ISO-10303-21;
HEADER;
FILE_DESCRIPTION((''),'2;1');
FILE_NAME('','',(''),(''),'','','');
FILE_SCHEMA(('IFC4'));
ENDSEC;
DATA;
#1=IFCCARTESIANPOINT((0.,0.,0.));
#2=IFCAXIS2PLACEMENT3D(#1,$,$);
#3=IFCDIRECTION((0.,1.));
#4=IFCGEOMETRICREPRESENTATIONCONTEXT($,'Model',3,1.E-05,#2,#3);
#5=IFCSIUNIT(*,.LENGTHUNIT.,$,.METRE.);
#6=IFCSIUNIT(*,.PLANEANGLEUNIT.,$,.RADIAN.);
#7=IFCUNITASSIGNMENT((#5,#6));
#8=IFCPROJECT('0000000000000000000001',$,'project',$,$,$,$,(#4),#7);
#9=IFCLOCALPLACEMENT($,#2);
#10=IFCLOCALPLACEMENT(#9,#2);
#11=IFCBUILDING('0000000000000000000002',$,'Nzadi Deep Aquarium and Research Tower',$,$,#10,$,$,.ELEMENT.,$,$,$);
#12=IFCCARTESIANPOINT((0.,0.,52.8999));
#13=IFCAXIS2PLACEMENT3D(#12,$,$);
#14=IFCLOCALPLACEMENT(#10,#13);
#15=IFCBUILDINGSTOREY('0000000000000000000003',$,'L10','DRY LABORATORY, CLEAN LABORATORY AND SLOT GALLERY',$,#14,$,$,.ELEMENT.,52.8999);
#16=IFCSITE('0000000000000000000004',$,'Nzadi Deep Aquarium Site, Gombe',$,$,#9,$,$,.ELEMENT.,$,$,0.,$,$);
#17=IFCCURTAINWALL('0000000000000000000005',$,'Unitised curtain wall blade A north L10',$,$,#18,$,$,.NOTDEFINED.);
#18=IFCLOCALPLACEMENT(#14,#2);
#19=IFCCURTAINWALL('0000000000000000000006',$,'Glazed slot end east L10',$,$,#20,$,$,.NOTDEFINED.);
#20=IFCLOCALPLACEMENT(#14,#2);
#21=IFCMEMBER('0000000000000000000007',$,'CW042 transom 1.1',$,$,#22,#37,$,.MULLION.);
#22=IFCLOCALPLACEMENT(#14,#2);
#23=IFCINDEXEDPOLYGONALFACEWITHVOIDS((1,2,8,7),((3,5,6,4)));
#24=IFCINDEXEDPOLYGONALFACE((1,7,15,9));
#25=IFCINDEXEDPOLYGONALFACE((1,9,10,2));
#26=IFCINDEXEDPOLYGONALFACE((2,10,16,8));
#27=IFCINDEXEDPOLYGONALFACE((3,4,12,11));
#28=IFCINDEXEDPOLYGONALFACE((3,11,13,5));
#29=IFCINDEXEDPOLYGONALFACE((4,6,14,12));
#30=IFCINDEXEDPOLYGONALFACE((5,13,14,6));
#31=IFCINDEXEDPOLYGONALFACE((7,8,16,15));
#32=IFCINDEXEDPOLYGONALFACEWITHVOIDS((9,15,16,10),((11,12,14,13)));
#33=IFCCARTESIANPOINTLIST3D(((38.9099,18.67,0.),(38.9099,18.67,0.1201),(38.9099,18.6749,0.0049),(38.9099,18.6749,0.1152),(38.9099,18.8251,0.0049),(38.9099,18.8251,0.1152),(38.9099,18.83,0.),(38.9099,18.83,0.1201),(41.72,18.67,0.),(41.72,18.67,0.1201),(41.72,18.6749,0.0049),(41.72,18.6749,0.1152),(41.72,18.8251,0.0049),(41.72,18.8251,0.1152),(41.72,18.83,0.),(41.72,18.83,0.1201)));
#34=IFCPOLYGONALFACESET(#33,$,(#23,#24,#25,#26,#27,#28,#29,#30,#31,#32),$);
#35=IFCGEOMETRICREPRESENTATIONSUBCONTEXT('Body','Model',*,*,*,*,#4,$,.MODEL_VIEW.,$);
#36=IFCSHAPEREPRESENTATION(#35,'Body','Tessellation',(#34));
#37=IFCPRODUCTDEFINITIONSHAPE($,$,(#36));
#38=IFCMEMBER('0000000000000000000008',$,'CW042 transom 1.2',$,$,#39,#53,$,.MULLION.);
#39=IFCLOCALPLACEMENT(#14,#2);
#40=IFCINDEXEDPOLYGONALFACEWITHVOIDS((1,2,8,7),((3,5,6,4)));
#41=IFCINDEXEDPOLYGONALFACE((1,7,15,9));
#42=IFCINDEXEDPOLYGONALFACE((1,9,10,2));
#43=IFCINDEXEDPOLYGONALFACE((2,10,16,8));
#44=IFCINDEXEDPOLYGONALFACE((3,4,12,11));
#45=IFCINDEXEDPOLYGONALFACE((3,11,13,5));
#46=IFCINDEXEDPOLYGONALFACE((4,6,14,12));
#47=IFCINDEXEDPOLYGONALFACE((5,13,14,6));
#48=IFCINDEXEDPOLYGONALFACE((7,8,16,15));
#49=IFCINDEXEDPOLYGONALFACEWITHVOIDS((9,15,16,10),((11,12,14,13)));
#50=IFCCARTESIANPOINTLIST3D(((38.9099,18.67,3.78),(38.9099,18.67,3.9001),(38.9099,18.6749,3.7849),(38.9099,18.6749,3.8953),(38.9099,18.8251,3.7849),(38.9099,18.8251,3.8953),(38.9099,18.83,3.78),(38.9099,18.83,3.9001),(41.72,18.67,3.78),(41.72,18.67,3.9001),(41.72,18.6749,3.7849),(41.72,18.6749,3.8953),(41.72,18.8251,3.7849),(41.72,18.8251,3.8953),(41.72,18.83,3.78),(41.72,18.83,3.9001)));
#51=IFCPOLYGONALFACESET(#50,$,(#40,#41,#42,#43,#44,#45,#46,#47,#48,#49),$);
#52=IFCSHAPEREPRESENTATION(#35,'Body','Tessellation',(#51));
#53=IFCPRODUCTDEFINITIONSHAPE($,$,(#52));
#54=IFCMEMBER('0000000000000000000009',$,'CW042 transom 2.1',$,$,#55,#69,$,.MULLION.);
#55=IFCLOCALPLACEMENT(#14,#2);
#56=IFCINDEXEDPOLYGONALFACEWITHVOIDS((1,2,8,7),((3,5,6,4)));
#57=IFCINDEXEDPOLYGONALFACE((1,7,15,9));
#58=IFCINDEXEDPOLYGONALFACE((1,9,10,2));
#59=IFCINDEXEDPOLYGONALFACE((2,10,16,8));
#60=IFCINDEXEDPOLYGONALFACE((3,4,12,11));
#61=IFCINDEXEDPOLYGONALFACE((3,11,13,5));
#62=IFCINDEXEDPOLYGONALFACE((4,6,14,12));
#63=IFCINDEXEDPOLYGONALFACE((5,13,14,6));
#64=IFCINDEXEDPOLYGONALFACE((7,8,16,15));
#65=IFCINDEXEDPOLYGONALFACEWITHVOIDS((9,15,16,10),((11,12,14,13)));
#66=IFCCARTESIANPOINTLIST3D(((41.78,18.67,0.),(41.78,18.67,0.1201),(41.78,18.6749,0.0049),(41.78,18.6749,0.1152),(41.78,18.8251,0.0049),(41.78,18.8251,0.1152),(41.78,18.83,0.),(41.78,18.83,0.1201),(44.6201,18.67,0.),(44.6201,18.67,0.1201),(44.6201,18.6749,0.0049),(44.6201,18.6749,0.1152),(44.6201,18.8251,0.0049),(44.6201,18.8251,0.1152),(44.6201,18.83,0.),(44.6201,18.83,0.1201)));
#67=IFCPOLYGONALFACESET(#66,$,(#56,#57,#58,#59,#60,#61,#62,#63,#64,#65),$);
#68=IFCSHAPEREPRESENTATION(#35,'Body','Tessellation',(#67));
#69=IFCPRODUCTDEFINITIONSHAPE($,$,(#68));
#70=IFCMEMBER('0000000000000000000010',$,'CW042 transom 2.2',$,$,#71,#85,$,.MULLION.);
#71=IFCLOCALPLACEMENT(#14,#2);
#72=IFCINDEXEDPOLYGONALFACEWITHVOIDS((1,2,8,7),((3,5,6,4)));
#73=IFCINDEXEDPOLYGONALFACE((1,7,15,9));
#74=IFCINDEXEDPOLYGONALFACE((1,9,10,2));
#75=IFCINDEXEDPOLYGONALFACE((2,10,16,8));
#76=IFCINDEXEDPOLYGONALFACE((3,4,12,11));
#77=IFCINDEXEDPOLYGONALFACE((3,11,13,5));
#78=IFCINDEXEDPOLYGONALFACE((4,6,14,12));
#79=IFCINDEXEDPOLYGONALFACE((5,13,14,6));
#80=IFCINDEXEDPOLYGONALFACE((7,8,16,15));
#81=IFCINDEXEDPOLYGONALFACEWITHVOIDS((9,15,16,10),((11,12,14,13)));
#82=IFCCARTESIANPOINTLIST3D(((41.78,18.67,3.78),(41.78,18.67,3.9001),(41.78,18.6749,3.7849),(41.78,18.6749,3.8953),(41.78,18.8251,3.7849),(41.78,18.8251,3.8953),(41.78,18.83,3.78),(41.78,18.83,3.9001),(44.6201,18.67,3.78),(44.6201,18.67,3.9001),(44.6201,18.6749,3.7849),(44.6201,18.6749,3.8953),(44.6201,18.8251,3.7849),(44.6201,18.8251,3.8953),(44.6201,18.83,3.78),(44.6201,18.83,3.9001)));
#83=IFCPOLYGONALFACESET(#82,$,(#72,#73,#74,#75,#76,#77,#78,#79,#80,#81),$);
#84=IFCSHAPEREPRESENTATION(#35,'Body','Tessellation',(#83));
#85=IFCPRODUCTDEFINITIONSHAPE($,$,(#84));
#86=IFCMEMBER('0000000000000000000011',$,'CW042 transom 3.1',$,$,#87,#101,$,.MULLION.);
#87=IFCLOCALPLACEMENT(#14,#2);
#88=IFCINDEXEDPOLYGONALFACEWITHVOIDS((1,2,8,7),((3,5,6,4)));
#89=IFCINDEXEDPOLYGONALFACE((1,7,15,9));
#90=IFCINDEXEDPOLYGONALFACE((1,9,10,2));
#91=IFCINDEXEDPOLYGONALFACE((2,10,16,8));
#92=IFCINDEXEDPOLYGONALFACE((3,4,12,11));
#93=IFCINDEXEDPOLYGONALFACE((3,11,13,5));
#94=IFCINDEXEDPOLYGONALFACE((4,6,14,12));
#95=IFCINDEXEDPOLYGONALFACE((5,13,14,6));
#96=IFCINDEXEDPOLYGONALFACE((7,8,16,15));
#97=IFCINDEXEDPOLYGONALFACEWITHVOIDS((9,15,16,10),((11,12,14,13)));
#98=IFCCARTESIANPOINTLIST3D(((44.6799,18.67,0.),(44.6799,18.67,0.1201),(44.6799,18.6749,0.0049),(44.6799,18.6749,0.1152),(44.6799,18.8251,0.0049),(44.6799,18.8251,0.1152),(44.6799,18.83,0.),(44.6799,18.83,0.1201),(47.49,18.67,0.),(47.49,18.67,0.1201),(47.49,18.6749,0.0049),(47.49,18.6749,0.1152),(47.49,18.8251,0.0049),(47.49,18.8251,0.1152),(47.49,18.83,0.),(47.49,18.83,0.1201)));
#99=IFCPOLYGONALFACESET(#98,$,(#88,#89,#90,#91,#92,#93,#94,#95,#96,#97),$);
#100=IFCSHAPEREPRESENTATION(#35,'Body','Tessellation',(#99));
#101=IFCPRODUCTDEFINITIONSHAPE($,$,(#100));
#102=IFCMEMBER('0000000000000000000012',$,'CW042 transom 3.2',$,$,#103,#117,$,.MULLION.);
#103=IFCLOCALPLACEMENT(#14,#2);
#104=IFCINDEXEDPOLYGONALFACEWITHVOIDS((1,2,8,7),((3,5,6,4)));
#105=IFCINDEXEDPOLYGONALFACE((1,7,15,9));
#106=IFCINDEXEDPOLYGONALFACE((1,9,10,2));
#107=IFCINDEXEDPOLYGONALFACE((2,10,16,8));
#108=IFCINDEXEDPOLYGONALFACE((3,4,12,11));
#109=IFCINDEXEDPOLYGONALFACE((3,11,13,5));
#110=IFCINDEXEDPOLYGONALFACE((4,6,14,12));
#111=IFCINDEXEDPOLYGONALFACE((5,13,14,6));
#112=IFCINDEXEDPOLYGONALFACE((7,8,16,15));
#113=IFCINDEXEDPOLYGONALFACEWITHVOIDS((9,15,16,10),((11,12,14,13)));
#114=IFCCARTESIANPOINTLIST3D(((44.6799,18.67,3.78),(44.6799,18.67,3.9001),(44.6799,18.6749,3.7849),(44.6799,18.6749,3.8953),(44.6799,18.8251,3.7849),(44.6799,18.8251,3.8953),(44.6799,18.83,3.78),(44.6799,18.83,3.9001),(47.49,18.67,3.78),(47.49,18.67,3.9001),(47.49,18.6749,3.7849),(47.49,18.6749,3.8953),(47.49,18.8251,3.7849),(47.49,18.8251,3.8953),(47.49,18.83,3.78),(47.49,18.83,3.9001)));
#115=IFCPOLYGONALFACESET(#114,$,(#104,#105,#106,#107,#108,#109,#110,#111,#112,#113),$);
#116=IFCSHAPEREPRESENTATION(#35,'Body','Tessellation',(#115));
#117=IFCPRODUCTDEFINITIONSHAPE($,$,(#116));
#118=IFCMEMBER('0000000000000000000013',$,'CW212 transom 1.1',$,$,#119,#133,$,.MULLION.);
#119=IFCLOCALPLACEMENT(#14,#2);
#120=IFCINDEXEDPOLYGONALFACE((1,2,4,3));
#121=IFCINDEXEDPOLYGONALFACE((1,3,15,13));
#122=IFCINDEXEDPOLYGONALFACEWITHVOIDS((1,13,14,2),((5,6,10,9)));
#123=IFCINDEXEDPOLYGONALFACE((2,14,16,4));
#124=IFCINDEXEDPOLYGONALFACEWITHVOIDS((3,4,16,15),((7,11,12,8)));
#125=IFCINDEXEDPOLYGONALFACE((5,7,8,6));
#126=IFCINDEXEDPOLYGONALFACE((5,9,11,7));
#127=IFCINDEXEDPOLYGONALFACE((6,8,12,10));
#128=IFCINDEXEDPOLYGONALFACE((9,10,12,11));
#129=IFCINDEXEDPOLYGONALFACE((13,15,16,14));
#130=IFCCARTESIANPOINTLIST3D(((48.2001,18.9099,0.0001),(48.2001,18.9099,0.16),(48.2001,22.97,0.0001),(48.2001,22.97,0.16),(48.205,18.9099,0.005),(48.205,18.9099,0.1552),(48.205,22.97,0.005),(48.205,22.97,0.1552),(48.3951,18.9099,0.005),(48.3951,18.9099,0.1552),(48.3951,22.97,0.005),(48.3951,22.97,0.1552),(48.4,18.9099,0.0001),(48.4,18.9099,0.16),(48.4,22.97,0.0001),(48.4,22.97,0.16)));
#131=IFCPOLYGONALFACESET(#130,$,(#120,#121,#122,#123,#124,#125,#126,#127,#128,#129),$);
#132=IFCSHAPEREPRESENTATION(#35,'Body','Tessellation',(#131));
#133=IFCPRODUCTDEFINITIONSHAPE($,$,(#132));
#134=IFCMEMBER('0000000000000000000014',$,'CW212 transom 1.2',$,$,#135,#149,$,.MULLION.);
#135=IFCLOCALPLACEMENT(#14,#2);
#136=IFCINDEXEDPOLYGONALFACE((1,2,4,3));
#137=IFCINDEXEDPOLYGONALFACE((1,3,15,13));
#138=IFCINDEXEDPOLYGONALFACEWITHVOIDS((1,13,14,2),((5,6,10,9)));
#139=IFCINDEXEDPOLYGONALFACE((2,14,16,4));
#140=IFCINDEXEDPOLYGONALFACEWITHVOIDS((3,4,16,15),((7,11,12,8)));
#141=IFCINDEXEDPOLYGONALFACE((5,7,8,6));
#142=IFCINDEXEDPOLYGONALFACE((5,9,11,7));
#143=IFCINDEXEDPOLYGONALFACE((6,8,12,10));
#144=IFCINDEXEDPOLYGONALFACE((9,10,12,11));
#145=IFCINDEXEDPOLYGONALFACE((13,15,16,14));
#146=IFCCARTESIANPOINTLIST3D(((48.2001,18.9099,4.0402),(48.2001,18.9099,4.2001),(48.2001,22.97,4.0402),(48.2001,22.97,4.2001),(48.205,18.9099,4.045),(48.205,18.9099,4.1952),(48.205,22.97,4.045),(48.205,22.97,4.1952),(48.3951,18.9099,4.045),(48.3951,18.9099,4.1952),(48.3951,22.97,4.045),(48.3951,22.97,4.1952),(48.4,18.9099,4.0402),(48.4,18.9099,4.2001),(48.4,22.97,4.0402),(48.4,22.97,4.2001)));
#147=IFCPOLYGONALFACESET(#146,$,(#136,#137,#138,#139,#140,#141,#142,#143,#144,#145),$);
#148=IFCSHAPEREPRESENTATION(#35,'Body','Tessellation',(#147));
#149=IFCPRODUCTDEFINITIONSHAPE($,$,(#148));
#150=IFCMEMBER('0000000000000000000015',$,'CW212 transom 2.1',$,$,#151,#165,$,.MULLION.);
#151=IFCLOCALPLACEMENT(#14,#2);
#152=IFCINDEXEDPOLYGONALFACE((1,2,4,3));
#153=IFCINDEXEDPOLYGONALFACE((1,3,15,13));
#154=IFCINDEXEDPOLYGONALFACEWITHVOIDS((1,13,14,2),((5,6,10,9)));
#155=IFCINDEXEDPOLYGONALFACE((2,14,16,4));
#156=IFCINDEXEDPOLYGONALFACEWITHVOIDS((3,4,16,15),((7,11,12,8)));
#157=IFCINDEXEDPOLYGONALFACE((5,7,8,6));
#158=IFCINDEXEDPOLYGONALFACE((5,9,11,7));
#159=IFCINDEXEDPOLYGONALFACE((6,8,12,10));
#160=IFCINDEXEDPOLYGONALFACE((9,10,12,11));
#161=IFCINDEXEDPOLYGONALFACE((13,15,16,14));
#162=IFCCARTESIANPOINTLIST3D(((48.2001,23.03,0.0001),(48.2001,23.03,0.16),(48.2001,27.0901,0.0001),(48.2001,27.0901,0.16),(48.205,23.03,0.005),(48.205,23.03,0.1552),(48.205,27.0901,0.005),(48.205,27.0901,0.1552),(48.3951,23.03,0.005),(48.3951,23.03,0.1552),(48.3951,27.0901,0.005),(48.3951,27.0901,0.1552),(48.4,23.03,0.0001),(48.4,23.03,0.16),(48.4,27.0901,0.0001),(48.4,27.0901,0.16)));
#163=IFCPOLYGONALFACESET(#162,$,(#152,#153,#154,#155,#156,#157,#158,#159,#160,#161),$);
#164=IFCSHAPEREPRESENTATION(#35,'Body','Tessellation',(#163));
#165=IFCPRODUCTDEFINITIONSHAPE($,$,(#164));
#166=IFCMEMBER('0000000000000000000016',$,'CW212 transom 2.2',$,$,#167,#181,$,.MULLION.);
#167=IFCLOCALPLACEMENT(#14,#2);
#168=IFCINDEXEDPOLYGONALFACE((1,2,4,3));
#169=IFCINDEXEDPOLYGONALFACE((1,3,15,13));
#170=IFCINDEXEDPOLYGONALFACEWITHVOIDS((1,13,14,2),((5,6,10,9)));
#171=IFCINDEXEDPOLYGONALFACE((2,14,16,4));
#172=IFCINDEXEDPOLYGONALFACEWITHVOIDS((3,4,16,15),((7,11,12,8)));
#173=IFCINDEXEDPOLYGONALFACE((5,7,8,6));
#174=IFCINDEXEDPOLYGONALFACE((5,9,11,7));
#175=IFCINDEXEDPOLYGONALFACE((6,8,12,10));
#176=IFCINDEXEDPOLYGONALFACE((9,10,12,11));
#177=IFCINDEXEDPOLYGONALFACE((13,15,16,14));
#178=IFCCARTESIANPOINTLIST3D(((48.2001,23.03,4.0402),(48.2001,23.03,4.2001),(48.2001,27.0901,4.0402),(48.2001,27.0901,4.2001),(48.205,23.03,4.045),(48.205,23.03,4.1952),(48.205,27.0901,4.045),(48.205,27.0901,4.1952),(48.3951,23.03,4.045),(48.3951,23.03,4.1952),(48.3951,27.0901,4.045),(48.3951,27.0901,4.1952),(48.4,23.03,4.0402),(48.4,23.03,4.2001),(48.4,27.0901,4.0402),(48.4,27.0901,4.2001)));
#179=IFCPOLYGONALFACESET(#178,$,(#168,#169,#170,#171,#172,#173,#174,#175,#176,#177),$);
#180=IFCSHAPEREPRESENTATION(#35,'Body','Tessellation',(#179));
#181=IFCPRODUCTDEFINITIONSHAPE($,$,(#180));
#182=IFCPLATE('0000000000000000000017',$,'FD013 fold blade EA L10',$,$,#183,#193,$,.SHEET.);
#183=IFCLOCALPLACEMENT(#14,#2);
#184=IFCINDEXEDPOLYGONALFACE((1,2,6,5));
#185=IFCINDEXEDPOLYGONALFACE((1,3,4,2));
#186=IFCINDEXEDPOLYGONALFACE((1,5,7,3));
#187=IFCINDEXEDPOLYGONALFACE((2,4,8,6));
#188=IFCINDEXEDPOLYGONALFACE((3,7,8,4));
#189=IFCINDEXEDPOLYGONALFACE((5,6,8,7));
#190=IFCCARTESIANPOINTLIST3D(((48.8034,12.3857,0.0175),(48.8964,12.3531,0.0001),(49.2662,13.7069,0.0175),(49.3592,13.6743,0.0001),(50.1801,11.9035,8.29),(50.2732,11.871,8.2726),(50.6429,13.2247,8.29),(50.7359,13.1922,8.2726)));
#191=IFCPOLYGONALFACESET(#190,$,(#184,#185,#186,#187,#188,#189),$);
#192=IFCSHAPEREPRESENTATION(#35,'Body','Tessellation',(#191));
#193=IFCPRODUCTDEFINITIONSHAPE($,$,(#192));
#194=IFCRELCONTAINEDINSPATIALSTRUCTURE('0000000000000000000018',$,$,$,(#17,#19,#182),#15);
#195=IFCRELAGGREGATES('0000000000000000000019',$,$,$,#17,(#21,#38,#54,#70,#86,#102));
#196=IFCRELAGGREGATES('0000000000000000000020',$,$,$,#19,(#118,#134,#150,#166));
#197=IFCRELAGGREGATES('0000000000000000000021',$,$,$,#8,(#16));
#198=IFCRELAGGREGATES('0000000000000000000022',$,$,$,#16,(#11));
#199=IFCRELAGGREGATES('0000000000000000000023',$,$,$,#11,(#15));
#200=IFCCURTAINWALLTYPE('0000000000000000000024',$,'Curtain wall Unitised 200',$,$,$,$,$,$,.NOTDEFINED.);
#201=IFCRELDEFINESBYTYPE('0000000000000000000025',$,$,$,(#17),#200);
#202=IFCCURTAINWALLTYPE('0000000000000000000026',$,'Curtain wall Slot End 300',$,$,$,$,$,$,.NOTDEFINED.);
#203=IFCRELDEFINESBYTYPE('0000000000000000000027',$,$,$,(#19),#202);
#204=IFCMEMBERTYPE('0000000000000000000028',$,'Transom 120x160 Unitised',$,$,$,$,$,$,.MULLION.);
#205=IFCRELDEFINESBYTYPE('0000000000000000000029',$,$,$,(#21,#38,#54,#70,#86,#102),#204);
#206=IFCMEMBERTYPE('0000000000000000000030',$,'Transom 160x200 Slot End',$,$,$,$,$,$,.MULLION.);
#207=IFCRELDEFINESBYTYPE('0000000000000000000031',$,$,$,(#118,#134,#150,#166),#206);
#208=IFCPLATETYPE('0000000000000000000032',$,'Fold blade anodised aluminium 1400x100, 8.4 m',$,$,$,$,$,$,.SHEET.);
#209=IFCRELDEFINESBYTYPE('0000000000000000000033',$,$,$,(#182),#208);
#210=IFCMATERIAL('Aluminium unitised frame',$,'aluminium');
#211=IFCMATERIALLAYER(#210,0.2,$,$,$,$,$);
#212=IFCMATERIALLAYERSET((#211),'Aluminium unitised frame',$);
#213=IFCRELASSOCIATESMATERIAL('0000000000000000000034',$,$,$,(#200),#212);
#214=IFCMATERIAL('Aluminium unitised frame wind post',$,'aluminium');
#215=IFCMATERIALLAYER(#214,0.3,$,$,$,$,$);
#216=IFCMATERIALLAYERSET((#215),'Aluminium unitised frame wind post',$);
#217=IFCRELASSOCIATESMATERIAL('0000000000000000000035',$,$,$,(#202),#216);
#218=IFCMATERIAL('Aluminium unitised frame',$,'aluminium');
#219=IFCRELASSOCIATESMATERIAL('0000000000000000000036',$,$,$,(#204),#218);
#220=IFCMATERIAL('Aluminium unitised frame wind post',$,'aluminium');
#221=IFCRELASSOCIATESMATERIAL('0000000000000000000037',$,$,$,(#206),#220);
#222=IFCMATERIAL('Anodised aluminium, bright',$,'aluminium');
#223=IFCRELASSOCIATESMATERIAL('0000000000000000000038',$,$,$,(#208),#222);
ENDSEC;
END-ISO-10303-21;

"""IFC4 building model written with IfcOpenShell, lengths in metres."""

from ifc_helpers import new_model, si_unit, direction, frame, origin, origin_2d, place, context, subcontext, project, spatial, rectangle, hollow_rectangle, extrude, material, layer, layer_set, material_profile, profile_set, type_object, element, aggregate, save


model = new_model("IFC4")

# Units and contexts
model_context = context("Model", 3, precision=1e-05, world=origin(), true_north=direction((0.0, 1.0)))
body_context = subcontext(model_context, "Body", "Model", "MODEL_VIEW")
ifc_project = project(units=[si_unit("LENGTHUNIT", "METRE"), si_unit("PLANEANGLEUNIT", "RADIAN")], contexts=[model_context])

# Site, building, storey
site_placement = place(None, origin())
site = spatial("IfcSite", under=ifc_project, at=site_placement, Name="Nzadi Deep Aquarium Site, Gombe", CompositionType="ELEMENT", RefElevation=0.0)
building_placement = place(site_placement, origin())
building = spatial("IfcBuilding", under=site, at=building_placement, Name="Nzadi Deep Aquarium and Research Tower", CompositionType="ELEMENT")
storey_placement = place(building_placement, frame((0.0, 0.0, 52.8999)))
storey = spatial("IfcBuildingStorey", under=building, at=storey_placement, Name="L10", Description="DRY LABORATORY, CLEAN LABORATORY AND SLOT GALLERY", CompositionType="ELEMENT", Elevation=52.8999)

# Shared definitions
ifc_material_1 = material(Name="Aluminium unitised frame", Category="aluminium")
ifc_layer_1 = layer(ifc_material_1, 0.2)
ifc_layer_set_1 = layer_set([ifc_layer_1], Name="Aluminium unitised frame")
curtain_wall_type_1 = type_object("IfcCurtainWallType", Name="Curtain wall Unitised 200", PredefinedType="NOTDEFINED", material=ifc_layer_set_1)

# Curtain walls
curtain_wall_1_placement = place(storey_placement, origin())
curtain_wall_1 = element("IfcCurtainWall", 1, at=curtain_wall_1_placement, inside=storey, type_object=curtain_wall_type_1, Name="Unitised curtain wall blade A north L10", PredefinedType="NOTDEFINED")
ifc_material_2 = material(Name="Aluminium unitised frame wind post", Category="aluminium")
ifc_layer_2 = layer(ifc_material_2, 0.3)
ifc_layer_set_2 = layer_set([ifc_layer_2], Name="Aluminium unitised frame wind post")
curtain_wall_type_2 = type_object("IfcCurtainWallType", Name="Curtain wall Slot End 300", PredefinedType="NOTDEFINED", material=ifc_layer_set_2)
curtain_wall_2_placement = place(storey_placement, origin())
curtain_wall_2 = element("IfcCurtainWall", 2, at=curtain_wall_2_placement, inside=storey, type_object=curtain_wall_type_2, Name="Glazed slot end east L10", PredefinedType="NOTDEFINED")

# Members
ifc_material_3 = material(Name="Aluminium unitised frame", Category="aluminium")
ifc_material_profile_1 = material_profile(ifc_material_3, hollow_rectangle(XDim=0.1599, YDim=0.1201, WallThickness=0.0049, at=origin_2d()))
ifc_profile_set_1 = profile_set([ifc_material_profile_1], Name="Aluminium unitised frame")
member_type_1 = type_object("IfcMemberType", Name="Transom 120x160 Unitised", PredefinedType="MULLION", material=ifc_profile_set_1)
member_1_placement = place(storey_placement, frame((38.9099, 18.75, 0.0601), z_axis=(1.0, 0.0, 0.0), x_axis=(0.0, 1.0, 0.0)))
member_1 = element("IfcMember", 3, at=member_1_placement, type_object=member_type_1, Name="CW042 transom 1.1", PredefinedType="MULLION", context=body_context, shape_type="SweptSolid", body=[
    extrude(hollow_rectangle(XDim=0.1599, YDim=0.1201, WallThickness=0.0049, at=origin_2d()), origin(), (0.0, 0.0, 1.0), 2.8101),
])
member_2_placement = place(storey_placement, frame((38.9099, 18.75, 3.8401), z_axis=(1.0, 0.0, 0.0), x_axis=(0.0, 1.0, 0.0)))
member_2 = element("IfcMember", 4, at=member_2_placement, type_object=member_type_1, Name="CW042 transom 1.2", PredefinedType="MULLION", context=body_context, shape_type="SweptSolid", body=[
    extrude(hollow_rectangle(XDim=0.1599, YDim=0.1201, WallThickness=0.0049, at=origin_2d()), origin(), (0.0, 0.0, 1.0), 2.8101),
])
member_3_placement = place(storey_placement, frame((41.78, 18.75, 0.0601), z_axis=(1.0, 0.0, 0.0), x_axis=(0.0, 1.0, 0.0)))
member_3 = element("IfcMember", 5, at=member_3_placement, type_object=member_type_1, Name="CW042 transom 2.1", PredefinedType="MULLION", context=body_context, shape_type="SweptSolid", body=[
    extrude(hollow_rectangle(XDim=0.1599, YDim=0.1201, WallThickness=0.0049, at=origin_2d()), origin(), (0.0, 0.0, 1.0), 2.8401),
])
member_4_placement = place(storey_placement, frame((41.78, 18.75, 3.8401), z_axis=(1.0, 0.0, 0.0), x_axis=(0.0, 1.0, 0.0)))
member_4 = element("IfcMember", 6, at=member_4_placement, type_object=member_type_1, Name="CW042 transom 2.2", PredefinedType="MULLION", context=body_context, shape_type="SweptSolid", body=[
    extrude(hollow_rectangle(XDim=0.1599, YDim=0.1201, WallThickness=0.0049, at=origin_2d()), origin(), (0.0, 0.0, 1.0), 2.8401),
])
member_5_placement = place(storey_placement, frame((44.6799, 18.75, 0.0601), z_axis=(1.0, 0.0, 0.0), x_axis=(0.0, 1.0, 0.0)))
member_5 = element("IfcMember", 7, at=member_5_placement, type_object=member_type_1, Name="CW042 transom 3.1", PredefinedType="MULLION", context=body_context, shape_type="SweptSolid", body=[
    extrude(hollow_rectangle(XDim=0.1599, YDim=0.1201, WallThickness=0.0049, at=origin_2d()), origin(), (0.0, 0.0, 1.0), 2.8101),
])
member_6_placement = place(storey_placement, frame((44.6799, 18.75, 3.8401), z_axis=(1.0, 0.0, 0.0), x_axis=(0.0, 1.0, 0.0)))
member_6 = element("IfcMember", 8, at=member_6_placement, type_object=member_type_1, Name="CW042 transom 3.2", PredefinedType="MULLION", context=body_context, shape_type="SweptSolid", body=[
    extrude(hollow_rectangle(XDim=0.1599, YDim=0.1201, WallThickness=0.0049, at=origin_2d()), origin(), (0.0, 0.0, 1.0), 2.8101),
])
ifc_material_4 = material(Name="Aluminium unitised frame wind post", Category="aluminium")
ifc_material_profile_2 = material_profile(ifc_material_4, hollow_rectangle(XDim=0.2, YDim=0.1599, WallThickness=0.0049, at=origin_2d()))
ifc_profile_set_2 = profile_set([ifc_material_profile_2], Name="Aluminium unitised frame wind post")
member_type_2 = type_object("IfcMemberType", Name="Transom 160x200 Slot End", PredefinedType="MULLION", material=ifc_profile_set_2)
member_7_placement = place(storey_placement, frame((48.3, 18.9099, 0.0801), z_axis=(0.0, 1.0, 0.0), x_axis=(-1.0, 0.0, 0.0)))
member_7 = element("IfcMember", 9, at=member_7_placement, type_object=member_type_2, Name="CW212 transom 1.1", PredefinedType="MULLION", context=body_context, shape_type="SweptSolid", body=[
    extrude(hollow_rectangle(XDim=0.2, YDim=0.1599, WallThickness=0.0049, at=origin_2d()), origin(), (0.0, 0.0, 1.0), 4.0601),
])
member_8_placement = place(storey_placement, frame((48.3, 18.9099, 4.1201), z_axis=(0.0, 1.0, 0.0), x_axis=(-1.0, 0.0, 0.0)))
member_8 = element("IfcMember", 10, at=member_8_placement, type_object=member_type_2, Name="CW212 transom 1.2", PredefinedType="MULLION", context=body_context, shape_type="SweptSolid", body=[
    extrude(hollow_rectangle(XDim=0.2, YDim=0.1599, WallThickness=0.0049, at=origin_2d()), origin(), (0.0, 0.0, 1.0), 4.0601),
])
member_9_placement = place(storey_placement, frame((48.3, 23.03, 0.0801), z_axis=(0.0, 1.0, 0.0), x_axis=(-1.0, 0.0, 0.0)))
member_9 = element("IfcMember", 11, at=member_9_placement, type_object=member_type_2, Name="CW212 transom 2.1", PredefinedType="MULLION", context=body_context, shape_type="SweptSolid", body=[
    extrude(hollow_rectangle(XDim=0.2, YDim=0.1599, WallThickness=0.0049, at=origin_2d()), origin(), (0.0, 0.0, 1.0), 4.0601),
])
member_10_placement = place(storey_placement, frame((48.3, 23.03, 4.1201), z_axis=(0.0, 1.0, 0.0), x_axis=(-1.0, 0.0, 0.0)))
member_10 = element("IfcMember", 12, at=member_10_placement, type_object=member_type_2, Name="CW212 transom 2.2", PredefinedType="MULLION", context=body_context, shape_type="SweptSolid", body=[
    extrude(hollow_rectangle(XDim=0.2, YDim=0.1599, WallThickness=0.0049, at=origin_2d()), origin(), (0.0, 0.0, 1.0), 4.0601),
])

# Plate
ifc_material_5 = material(Name="Anodised aluminium, bright", Category="aluminium")
ifc_material_profile_3 = material_profile(ifc_material_5, rectangle(XDim=1.3999, YDim=0.1001, at=origin_2d()))
ifc_profile_set_3 = profile_set([ifc_material_profile_3], Name="Anodised aluminium, bright")
plate_type_1 = type_object("IfcPlateType", Name="Fold blade anodised aluminium 1400x100, 8.4 m", PredefinedType="SHEET", material=ifc_profile_set_3)
plate_1_placement = place(storey_placement, frame((49.0813, 13.03, 0.0088), z_axis=(0.163892, -0.057402, 0.984807), x_axis=(0.330552, 0.943788, 0.0)))
element("IfcPlate", 13, at=plate_1_placement, inside=storey, type_object=plate_type_1, Name="FD013 fold blade EA L10", PredefinedType="SHEET", context=body_context, shape_type="SweptSolid", body=[
    extrude(rectangle(XDim=1.3999, YDim=0.1001, at=origin_2d()), origin(), (0.0, 0.0, 1.0), 8.4001),
])
aggregate(curtain_wall_1, [member_1, member_2, member_3, member_4, member_5, member_6])
aggregate(curtain_wall_2, [member_7, member_8, member_9, member_10])

save(model, "model.ifc")
